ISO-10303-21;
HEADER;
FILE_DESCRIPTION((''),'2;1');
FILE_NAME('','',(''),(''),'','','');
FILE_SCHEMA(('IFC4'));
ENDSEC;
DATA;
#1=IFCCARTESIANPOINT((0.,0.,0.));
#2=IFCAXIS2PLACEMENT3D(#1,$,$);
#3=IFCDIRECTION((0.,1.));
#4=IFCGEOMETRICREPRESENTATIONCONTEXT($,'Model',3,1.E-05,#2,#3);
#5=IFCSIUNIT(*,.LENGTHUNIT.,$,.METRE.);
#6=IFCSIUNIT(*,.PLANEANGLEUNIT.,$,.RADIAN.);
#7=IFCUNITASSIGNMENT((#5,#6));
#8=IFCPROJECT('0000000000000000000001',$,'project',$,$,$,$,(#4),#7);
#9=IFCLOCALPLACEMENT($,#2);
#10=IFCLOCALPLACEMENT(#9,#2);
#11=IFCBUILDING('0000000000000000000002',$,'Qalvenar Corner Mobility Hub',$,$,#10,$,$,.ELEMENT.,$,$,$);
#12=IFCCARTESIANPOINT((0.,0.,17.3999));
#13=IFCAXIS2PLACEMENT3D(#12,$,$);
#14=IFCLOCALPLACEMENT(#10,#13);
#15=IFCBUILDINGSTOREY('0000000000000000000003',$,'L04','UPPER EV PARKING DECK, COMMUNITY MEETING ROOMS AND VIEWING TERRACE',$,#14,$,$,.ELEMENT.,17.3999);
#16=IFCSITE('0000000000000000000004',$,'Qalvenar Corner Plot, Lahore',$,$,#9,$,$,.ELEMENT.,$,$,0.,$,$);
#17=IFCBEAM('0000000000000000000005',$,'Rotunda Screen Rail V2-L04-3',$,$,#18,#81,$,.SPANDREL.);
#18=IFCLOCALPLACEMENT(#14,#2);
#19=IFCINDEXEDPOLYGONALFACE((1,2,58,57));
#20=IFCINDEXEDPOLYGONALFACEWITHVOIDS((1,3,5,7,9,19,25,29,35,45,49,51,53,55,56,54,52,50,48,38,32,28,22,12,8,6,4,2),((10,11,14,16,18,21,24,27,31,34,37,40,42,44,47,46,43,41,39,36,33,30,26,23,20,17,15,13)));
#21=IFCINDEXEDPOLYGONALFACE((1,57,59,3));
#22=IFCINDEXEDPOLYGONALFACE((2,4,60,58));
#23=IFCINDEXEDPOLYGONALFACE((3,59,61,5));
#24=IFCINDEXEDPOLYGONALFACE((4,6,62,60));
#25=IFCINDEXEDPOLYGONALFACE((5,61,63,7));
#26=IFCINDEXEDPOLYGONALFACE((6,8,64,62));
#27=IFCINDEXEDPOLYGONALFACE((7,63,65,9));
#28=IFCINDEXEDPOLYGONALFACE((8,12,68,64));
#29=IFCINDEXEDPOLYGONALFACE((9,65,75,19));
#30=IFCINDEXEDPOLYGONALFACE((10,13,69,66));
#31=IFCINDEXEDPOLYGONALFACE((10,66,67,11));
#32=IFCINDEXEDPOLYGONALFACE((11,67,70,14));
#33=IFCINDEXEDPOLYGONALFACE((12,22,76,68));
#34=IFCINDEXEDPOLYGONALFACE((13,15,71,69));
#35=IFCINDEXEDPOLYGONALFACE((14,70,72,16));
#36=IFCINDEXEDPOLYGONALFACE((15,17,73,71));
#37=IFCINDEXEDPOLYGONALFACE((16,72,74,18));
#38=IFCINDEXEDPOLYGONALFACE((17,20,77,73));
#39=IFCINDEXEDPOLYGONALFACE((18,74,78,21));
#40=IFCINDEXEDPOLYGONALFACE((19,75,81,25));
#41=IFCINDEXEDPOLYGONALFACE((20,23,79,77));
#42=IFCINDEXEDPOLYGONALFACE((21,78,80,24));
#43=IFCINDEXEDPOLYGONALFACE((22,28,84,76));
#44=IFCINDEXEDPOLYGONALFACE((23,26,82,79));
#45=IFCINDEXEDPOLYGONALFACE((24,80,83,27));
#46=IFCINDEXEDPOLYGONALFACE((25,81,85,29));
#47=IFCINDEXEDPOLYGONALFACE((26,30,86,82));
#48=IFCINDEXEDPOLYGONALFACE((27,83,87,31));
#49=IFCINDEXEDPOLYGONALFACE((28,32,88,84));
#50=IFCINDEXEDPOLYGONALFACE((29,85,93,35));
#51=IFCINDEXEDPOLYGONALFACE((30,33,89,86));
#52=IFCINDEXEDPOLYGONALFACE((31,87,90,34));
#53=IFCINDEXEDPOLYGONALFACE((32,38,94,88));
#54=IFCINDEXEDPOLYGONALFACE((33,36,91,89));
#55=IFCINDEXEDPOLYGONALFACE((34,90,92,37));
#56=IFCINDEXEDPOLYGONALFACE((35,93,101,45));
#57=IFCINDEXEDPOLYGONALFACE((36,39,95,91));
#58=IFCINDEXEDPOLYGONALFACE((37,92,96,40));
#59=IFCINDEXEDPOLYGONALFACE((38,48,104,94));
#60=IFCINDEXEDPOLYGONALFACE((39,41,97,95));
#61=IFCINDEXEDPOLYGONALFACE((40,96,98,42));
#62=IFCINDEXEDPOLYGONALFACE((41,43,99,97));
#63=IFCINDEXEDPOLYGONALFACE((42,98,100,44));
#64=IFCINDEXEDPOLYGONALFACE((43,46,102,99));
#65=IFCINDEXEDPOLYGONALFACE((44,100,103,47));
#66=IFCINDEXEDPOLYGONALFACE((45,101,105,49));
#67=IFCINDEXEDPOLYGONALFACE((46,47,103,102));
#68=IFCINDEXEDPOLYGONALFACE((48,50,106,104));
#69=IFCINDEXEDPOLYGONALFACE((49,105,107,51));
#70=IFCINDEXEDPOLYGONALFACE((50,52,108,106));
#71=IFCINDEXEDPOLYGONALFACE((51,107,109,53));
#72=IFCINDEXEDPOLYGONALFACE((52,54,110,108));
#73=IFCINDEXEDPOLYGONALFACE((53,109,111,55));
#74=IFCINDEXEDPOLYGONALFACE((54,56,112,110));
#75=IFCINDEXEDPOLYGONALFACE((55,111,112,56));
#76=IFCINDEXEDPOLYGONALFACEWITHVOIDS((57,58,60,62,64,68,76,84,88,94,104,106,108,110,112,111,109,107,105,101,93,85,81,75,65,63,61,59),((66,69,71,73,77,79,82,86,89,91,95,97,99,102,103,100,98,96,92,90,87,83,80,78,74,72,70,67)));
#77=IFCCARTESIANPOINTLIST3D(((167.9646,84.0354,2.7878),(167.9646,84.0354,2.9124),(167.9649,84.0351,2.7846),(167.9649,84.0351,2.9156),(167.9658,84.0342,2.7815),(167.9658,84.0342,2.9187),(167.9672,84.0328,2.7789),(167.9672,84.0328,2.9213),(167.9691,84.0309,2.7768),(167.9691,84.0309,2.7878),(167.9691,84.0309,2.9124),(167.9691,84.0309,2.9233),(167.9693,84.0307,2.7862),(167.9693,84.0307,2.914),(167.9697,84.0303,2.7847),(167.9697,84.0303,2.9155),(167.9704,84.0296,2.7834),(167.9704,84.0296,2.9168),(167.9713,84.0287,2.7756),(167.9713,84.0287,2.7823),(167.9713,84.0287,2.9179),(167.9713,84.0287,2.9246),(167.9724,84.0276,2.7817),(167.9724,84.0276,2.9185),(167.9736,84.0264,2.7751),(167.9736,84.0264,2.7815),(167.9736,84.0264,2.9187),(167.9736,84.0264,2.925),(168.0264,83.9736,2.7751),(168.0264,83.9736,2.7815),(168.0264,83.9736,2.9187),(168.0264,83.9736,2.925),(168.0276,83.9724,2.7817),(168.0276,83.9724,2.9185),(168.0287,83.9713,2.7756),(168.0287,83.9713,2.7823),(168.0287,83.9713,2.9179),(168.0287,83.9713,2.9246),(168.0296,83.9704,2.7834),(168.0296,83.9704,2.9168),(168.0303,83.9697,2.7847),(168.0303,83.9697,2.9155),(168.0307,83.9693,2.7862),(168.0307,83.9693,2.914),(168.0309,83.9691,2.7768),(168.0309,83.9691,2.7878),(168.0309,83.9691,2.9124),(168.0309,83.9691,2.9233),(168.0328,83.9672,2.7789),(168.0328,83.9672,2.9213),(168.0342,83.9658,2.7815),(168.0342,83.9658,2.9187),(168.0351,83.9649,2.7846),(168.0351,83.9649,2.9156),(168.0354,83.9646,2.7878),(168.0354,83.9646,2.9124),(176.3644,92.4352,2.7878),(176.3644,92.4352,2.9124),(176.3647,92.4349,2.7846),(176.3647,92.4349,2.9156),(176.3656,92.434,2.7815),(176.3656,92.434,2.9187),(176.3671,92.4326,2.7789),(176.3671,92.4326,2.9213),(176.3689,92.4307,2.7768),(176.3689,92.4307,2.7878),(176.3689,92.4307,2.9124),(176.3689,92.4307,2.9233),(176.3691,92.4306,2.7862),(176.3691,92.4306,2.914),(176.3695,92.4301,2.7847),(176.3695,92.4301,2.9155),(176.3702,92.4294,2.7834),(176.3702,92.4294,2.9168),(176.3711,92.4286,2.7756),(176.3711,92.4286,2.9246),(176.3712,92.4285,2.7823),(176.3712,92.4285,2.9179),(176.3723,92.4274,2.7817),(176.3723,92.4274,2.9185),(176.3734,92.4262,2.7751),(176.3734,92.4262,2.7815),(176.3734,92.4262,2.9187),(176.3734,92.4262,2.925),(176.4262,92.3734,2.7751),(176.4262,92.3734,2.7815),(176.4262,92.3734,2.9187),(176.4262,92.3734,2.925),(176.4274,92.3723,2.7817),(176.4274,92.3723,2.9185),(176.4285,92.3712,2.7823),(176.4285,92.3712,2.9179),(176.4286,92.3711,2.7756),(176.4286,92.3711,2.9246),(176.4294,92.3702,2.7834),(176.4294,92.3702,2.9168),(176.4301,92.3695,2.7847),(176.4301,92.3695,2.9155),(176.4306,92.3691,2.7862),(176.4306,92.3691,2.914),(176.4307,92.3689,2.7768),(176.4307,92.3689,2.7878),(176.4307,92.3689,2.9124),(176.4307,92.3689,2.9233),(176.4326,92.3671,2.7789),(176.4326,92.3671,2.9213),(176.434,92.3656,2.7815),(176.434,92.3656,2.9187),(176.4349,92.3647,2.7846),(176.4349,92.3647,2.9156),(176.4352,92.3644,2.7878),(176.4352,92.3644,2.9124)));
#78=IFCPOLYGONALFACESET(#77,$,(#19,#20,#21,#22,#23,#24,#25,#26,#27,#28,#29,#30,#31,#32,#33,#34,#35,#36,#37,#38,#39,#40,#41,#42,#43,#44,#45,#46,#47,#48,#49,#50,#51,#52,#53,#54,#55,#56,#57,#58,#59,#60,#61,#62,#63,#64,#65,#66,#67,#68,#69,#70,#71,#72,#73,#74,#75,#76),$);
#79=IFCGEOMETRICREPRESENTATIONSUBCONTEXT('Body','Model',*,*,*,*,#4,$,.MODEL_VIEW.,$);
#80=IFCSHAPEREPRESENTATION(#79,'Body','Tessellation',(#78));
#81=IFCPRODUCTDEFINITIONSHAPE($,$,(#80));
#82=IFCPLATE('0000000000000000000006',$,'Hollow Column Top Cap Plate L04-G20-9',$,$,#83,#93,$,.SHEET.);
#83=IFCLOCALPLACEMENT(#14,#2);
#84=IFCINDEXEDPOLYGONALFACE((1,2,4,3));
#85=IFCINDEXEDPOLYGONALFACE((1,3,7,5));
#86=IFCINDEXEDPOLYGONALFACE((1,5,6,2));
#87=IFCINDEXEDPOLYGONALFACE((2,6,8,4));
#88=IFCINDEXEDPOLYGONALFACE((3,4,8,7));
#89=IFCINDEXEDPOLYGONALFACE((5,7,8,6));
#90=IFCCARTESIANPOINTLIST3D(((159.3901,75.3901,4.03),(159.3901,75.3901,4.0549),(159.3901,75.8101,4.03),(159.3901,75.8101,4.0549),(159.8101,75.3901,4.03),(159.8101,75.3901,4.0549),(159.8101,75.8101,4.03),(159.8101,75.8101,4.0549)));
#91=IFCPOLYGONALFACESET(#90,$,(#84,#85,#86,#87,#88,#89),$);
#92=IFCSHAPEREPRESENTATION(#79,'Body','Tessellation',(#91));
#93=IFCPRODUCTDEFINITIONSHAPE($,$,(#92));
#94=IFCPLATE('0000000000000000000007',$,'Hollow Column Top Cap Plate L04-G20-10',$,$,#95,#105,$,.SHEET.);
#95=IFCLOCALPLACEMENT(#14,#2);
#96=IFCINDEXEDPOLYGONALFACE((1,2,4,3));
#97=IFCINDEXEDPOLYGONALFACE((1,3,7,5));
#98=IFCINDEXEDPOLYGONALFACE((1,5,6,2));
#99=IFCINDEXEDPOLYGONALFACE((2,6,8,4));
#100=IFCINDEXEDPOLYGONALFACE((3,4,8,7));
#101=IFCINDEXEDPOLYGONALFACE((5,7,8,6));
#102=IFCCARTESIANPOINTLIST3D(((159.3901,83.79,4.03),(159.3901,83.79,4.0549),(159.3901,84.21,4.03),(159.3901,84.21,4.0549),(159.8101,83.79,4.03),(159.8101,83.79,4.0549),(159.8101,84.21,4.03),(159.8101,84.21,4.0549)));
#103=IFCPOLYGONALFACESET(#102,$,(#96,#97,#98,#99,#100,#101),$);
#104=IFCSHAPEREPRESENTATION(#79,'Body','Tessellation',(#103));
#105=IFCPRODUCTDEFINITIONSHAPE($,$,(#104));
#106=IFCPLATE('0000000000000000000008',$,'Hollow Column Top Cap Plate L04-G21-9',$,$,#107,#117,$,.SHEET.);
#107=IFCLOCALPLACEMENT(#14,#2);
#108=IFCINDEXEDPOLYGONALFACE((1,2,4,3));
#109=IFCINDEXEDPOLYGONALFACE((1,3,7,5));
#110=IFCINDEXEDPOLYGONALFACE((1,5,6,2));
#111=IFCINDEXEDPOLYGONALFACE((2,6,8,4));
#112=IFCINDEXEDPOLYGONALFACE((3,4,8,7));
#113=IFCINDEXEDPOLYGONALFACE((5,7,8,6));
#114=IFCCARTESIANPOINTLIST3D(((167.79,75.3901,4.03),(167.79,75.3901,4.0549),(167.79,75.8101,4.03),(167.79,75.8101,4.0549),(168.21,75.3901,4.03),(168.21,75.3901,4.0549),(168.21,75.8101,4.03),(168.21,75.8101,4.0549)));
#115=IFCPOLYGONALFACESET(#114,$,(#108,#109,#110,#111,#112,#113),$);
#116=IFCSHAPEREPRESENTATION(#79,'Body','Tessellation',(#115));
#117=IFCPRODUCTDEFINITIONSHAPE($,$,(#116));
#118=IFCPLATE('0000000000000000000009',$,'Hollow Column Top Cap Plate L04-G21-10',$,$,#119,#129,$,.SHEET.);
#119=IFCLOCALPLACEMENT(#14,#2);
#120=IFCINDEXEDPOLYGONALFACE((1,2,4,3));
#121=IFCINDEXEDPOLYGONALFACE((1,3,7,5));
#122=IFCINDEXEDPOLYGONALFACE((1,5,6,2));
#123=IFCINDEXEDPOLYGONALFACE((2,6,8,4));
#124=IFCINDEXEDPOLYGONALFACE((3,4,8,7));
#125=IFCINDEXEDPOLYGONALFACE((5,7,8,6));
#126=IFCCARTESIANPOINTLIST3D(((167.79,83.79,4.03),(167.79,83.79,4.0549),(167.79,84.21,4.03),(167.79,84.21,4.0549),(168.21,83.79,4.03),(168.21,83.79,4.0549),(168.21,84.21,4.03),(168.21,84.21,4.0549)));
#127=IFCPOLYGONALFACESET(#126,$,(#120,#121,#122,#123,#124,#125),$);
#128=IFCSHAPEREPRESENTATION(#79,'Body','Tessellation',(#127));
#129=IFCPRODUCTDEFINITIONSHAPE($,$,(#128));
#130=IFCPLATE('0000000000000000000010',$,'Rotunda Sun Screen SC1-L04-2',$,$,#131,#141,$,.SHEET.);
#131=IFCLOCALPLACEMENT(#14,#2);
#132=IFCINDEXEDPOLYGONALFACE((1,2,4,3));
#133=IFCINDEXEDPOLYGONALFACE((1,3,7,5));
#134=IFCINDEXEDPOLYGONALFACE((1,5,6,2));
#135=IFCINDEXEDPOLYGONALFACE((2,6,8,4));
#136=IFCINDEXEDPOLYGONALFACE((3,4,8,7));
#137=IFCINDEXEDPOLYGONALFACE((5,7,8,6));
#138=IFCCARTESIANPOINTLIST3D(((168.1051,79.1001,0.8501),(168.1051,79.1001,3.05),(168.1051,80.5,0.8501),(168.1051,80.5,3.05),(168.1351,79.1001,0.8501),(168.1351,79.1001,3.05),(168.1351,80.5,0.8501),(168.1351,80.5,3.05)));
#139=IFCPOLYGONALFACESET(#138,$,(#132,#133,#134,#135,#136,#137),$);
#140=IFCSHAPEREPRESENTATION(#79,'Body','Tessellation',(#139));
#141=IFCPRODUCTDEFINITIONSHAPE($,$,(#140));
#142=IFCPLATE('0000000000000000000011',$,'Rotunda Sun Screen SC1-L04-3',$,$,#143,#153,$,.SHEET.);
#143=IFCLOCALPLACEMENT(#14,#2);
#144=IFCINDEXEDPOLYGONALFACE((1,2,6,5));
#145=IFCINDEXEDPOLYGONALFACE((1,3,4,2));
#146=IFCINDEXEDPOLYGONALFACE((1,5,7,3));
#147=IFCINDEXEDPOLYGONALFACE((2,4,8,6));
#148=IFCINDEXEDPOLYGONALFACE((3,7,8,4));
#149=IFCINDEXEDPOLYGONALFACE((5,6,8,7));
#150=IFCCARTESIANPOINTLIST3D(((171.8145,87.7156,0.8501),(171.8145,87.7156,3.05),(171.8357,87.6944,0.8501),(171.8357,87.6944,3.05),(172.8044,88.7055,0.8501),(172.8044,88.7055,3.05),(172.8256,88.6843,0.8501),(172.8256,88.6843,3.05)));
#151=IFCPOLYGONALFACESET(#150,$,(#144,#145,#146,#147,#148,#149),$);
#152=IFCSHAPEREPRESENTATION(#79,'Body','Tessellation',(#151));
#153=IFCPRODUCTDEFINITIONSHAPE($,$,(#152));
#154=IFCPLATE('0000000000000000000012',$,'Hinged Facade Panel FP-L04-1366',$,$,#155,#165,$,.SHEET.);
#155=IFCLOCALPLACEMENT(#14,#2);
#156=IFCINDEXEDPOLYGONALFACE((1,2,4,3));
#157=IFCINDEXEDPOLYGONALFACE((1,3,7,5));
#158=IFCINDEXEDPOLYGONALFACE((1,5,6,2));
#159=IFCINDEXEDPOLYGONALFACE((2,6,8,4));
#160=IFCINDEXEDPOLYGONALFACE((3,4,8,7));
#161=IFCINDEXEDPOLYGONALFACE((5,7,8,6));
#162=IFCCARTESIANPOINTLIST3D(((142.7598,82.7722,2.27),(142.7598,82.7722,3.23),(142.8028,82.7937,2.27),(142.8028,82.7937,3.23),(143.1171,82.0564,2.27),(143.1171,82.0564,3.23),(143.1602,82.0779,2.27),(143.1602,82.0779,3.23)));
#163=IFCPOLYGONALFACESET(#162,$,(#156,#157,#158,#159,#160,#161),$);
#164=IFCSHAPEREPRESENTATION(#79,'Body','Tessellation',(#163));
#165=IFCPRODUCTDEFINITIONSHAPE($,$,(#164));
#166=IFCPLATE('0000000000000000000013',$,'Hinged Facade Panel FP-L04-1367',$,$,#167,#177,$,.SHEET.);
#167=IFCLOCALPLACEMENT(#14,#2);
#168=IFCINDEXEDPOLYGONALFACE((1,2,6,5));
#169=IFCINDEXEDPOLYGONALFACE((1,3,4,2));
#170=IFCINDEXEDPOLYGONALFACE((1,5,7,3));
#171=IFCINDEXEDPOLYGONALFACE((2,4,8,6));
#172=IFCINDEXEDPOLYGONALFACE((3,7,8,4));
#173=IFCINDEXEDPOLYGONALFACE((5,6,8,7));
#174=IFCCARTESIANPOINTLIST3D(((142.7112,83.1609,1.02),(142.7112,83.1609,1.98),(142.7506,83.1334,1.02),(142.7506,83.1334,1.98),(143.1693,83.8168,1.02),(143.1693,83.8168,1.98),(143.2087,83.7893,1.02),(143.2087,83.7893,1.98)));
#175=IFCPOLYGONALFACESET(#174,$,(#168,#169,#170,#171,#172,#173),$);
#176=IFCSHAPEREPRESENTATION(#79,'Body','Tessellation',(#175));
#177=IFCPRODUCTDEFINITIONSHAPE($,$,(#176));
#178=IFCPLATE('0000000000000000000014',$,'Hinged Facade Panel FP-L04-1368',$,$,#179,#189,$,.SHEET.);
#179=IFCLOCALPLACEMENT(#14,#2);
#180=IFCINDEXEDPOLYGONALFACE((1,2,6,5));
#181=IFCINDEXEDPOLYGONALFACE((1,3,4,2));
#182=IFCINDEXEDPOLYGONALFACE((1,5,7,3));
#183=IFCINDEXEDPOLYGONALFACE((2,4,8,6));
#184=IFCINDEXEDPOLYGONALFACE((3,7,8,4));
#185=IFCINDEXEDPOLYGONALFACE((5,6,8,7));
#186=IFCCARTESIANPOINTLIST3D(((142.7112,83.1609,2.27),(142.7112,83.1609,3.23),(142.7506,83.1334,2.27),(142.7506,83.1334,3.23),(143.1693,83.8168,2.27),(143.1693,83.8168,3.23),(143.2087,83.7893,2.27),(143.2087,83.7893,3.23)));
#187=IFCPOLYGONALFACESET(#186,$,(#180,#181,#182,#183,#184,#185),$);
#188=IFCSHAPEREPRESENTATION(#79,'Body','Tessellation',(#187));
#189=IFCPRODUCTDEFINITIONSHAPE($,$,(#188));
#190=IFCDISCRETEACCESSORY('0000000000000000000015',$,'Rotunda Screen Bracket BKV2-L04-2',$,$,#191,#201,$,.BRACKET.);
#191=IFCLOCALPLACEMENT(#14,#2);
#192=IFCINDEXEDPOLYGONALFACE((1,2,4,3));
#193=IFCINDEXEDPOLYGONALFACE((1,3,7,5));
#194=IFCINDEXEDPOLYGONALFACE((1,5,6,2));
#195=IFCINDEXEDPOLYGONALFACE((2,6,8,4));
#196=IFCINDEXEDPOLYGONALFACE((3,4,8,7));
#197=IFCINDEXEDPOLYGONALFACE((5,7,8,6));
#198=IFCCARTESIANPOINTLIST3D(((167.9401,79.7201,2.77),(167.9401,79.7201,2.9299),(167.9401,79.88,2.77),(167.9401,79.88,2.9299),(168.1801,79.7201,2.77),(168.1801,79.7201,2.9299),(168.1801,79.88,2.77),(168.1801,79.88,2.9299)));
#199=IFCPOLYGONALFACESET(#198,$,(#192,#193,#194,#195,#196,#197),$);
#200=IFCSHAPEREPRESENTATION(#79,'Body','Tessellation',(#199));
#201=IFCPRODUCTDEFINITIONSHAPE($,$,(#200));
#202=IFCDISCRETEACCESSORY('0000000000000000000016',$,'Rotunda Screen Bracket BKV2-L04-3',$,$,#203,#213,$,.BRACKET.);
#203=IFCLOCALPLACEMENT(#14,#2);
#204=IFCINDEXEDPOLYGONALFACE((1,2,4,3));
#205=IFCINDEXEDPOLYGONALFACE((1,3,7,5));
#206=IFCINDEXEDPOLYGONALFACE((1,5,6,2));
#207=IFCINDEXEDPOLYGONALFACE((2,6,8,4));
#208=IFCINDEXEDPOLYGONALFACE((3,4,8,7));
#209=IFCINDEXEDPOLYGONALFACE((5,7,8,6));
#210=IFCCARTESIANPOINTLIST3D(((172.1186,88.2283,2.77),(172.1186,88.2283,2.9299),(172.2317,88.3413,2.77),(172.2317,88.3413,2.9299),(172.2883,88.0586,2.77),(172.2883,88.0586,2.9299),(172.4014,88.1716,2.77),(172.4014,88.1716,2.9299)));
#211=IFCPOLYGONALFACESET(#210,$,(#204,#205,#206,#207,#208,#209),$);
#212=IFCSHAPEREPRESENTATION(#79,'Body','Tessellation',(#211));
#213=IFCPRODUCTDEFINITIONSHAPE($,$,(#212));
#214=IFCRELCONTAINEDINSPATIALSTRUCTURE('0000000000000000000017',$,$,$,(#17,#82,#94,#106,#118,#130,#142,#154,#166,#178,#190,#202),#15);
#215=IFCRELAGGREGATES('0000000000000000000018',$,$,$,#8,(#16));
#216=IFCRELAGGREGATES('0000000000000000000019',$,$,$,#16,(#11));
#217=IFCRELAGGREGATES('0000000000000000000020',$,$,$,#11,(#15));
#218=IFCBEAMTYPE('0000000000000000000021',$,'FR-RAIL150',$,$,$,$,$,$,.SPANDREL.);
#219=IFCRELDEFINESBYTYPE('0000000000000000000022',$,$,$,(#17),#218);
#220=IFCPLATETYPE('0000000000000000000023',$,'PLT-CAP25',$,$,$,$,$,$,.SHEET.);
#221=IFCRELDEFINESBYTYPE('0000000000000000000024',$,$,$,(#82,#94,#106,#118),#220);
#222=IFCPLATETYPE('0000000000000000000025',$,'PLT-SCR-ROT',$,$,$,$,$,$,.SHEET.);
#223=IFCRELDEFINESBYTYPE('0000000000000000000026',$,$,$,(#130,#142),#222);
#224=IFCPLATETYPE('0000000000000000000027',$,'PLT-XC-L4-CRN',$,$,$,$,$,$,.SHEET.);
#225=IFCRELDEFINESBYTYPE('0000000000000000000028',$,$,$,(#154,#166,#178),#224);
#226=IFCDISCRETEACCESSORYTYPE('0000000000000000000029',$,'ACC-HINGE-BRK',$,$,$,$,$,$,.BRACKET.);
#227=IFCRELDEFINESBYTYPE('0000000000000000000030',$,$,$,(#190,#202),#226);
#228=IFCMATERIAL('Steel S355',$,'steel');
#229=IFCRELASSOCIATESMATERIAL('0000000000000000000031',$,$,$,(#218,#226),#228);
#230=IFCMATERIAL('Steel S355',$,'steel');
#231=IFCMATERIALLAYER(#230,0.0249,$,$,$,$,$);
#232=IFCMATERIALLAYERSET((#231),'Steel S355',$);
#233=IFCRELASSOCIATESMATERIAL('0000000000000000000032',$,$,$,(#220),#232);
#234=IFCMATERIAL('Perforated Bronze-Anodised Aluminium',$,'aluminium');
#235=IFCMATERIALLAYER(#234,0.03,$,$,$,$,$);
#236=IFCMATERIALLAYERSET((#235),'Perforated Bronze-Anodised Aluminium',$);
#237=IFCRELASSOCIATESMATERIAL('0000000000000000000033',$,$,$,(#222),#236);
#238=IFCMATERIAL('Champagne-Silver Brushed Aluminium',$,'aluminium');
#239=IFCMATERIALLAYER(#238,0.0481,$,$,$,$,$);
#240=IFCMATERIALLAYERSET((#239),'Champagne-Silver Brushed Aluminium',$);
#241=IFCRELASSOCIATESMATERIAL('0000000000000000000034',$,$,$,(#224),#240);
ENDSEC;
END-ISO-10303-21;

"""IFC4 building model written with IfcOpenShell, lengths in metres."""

from ifc_helpers import new_model, si_unit, direction, frame, origin, origin_2d, place, context, subcontext, project, spatial, rectangle, hollow_rectangle, extrude, material, layer, layer_set, material_profile, profile_set, type_object, element, save


model = new_model("IFC4")

# Units and contexts
model_context = context("Model", 3, precision=1e-05, world=origin(), true_north=direction((0.0, 1.0)))
body_context = subcontext(model_context, "Body", "Model", "MODEL_VIEW")
ifc_project = project(units=[si_unit("LENGTHUNIT", "METRE"), si_unit("PLANEANGLEUNIT", "RADIAN")], contexts=[model_context])

# Site, building, storey
site_placement = place(None, origin())
site = spatial("IfcSite", under=ifc_project, at=site_placement, Name="Qalvenar Corner Plot, Lahore", CompositionType="ELEMENT", RefElevation=0.0)
building_placement = place(site_placement, origin())
building = spatial("IfcBuilding", under=site, at=building_placement, Name="Qalvenar Corner Mobility Hub", CompositionType="ELEMENT")
storey_placement = place(building_placement, frame((0.0, 0.0, 17.3999)))
storey = spatial("IfcBuildingStorey", under=building, at=storey_placement, Name="L04", Description="UPPER EV PARKING DECK, COMMUNITY MEETING ROOMS AND VIEWING TERRACE", CompositionType="ELEMENT", Elevation=17.3999)

# Shared definitions
ifc_material_1 = material(Name="Steel S355", Category="steel")

# Beam
ifc_material_profile_1 = material_profile(ifc_material_1, hollow_rectangle(XDim=0.1001, YDim=0.1499, WallThickness=0.0063, InnerFilletRadius=0.0063, OuterFilletRadius=0.0127, at=origin_2d()), Name="RHS150x100x6.3")
ifc_profile_set_1 = profile_set([ifc_material_profile_1], Name="Steel S355")
beam_type_1 = type_object("IfcBeamType", Name="FR-RAIL150", PredefinedType="SPANDREL", material=ifc_profile_set_1)
beam_1_placement = place(storey_placement, frame((168.0, 84.0, 2.8501), z_axis=(0.707107, 0.707107, 0.0), x_axis=(-0.707107, 0.707107, 0.0)))
element("IfcBeam", 1, at=beam_1_placement, inside=storey, type_object=beam_type_1, Name="Rotunda Screen Rail V2-L04-3", PredefinedType="SPANDREL", context=body_context, shape_type="SweptSolid", body=[
    extrude(hollow_rectangle(XDim=0.1001, YDim=0.1499, WallThickness=0.0063, InnerFilletRadius=0.0063, OuterFilletRadius=0.0127, at=origin_2d()), origin(), (0.0, 0.0, 1.0), 11.8792),
])

# Plates
ifc_material_2 = material(Name="Steel S355", Category="steel")
ifc_layer_1 = layer(ifc_material_2, 0.0249)
ifc_layer_set_1 = layer_set([ifc_layer_1], Name="Steel S355")
plate_type_1 = type_object("IfcPlateType", Name="PLT-CAP25", PredefinedType="SHEET", material=ifc_layer_set_1)
for number, where, z_axis, x_axis, name in (
    (2, (159.6001, 75.6001, 4.03), (0.0, 0.0, 1.0), (1.0, 0.0, 0.0), "Hollow Column Top Cap Plate L04-G20-9"),
    (3, (159.6001, 84.0, 4.03), (0.0, 0.0, 1.0), (1.0, 0.0, 0.0), "Hollow Column Top Cap Plate L04-G20-10"),
    (4, (168.0, 75.6001, 4.03), (0.0, 0.0, 1.0), (1.0, 0.0, 0.0), "Hollow Column Top Cap Plate L04-G21-9"),
    (5, (168.0, 84.0, 4.03), (0.0, 0.0, 1.0), (1.0, 0.0, 0.0), "Hollow Column Top Cap Plate L04-G21-10"),
):
    element("IfcPlate", number, at=place(storey_placement, frame(where, z_axis=z_axis, x_axis=x_axis)), inside=storey, type_object=plate_type_1, Name=name, PredefinedType="SHEET", context=body_context, shape_type="SweptSolid", body=[
        extrude(rectangle(XDim=0.4199, YDim=0.4199, at=origin_2d()), origin(), (0.0, 0.0, 1.0), 0.0249),
    ])
ifc_material_3 = material(Name="Perforated Bronze-Anodised Aluminium", Category="aluminium")
ifc_layer_2 = layer(ifc_material_3, 0.03)
ifc_layer_set_2 = layer_set([ifc_layer_2], Name="Perforated Bronze-Anodised Aluminium")
plate_type_2 = type_object("IfcPlateType", Name="PLT-SCR-ROT", PredefinedType="SHEET", material=ifc_layer_set_2)
for number, where, z_axis, x_axis, name in (
    (6, (168.1201, 79.8, 0.8501), (0.0, 0.0, 1.0), (0.0, 1.0, 0.0), "Rotunda Sun Screen SC1-L04-2"),
    (7, (172.3201, 88.2, 0.8501), (0.0, 0.0, 1.0), (0.707107, 0.707107, 0.0), "Rotunda Sun Screen SC1-L04-3"),
):
    element("IfcPlate", number, at=place(storey_placement, frame(where, z_axis=z_axis, x_axis=x_axis)), inside=storey, type_object=plate_type_2, Name=name, PredefinedType="SHEET", context=body_context, shape_type="SweptSolid", body=[
        extrude(rectangle(XDim=1.3999, YDim=0.03, at=origin_2d()), origin(), (0.0, 0.0, 1.0), 2.2),
    ])
ifc_material_4 = material(Name="Champagne-Silver Brushed Aluminium", Category="aluminium")
ifc_layer_3 = layer(ifc_material_4, 0.0481)
ifc_layer_set_3 = layer_set([ifc_layer_3], Name="Champagne-Silver Brushed Aluminium")
plate_type_3 = type_object("IfcPlateType", Name="PLT-XC-L4-CRN", PredefinedType="SHEET", material=ifc_layer_set_3)
for number, where, z_axis, x_axis, name in (
    (8, (142.96, 82.425, 2.27), (0.0, 0.0, 1.0), (-0.446666, 0.894701, 0.0), "Hinged Facade Panel FP-L04-1366"),
    (9, (142.96, 83.4751, 1.02), (0.0, 0.0, 1.0), (0.572575, 0.819852, 0.0), "Hinged Facade Panel FP-L04-1367"),
    (10, (142.96, 83.4751, 2.27), (0.0, 0.0, 1.0), (0.572575, 0.819852, 0.0), "Hinged Facade Panel FP-L04-1368"),
):
    element("IfcPlate", number, at=place(storey_placement, frame(where, z_axis=z_axis, x_axis=x_axis)), inside=storey, type_object=plate_type_3, Name=name, PredefinedType="SHEET", context=body_context, shape_type="SweptSolid", body=[
        extrude(rectangle(XDim=0.8, YDim=0.0481, at=origin_2d()), origin(), (0.0, 0.0, 1.0), 0.96),
    ])

# Discrete accessories
discrete_accessory_type = type_object("IfcDiscreteAccessoryType", Name="ACC-HINGE-BRK", PredefinedType="BRACKET", material=ifc_material_1)
for number, where, z_axis, x_axis, name in (
    (11, (168.0601, 79.8, 2.77), (0.0, 0.0, 1.0), (0.0, 1.0, 0.0), "Rotunda Screen Bracket BKV2-L04-2"),
    (12, (172.26, 88.2, 2.77), (0.0, 0.0, 1.0), (0.707107, 0.707107, 0.0), "Rotunda Screen Bracket BKV2-L04-3"),
):
    element("IfcDiscreteAccessory", number, at=place(storey_placement, frame(where, z_axis=z_axis, x_axis=x_axis)), inside=storey, type_object=discrete_accessory_type, Name=name, PredefinedType="BRACKET", context=body_context, shape_type="SweptSolid", body=[
        extrude(rectangle(XDim=0.1599, YDim=0.24, at=origin_2d()), origin(), (0.0, 0.0, 1.0), 0.1599),
    ])

save(model, "model.ifc")
